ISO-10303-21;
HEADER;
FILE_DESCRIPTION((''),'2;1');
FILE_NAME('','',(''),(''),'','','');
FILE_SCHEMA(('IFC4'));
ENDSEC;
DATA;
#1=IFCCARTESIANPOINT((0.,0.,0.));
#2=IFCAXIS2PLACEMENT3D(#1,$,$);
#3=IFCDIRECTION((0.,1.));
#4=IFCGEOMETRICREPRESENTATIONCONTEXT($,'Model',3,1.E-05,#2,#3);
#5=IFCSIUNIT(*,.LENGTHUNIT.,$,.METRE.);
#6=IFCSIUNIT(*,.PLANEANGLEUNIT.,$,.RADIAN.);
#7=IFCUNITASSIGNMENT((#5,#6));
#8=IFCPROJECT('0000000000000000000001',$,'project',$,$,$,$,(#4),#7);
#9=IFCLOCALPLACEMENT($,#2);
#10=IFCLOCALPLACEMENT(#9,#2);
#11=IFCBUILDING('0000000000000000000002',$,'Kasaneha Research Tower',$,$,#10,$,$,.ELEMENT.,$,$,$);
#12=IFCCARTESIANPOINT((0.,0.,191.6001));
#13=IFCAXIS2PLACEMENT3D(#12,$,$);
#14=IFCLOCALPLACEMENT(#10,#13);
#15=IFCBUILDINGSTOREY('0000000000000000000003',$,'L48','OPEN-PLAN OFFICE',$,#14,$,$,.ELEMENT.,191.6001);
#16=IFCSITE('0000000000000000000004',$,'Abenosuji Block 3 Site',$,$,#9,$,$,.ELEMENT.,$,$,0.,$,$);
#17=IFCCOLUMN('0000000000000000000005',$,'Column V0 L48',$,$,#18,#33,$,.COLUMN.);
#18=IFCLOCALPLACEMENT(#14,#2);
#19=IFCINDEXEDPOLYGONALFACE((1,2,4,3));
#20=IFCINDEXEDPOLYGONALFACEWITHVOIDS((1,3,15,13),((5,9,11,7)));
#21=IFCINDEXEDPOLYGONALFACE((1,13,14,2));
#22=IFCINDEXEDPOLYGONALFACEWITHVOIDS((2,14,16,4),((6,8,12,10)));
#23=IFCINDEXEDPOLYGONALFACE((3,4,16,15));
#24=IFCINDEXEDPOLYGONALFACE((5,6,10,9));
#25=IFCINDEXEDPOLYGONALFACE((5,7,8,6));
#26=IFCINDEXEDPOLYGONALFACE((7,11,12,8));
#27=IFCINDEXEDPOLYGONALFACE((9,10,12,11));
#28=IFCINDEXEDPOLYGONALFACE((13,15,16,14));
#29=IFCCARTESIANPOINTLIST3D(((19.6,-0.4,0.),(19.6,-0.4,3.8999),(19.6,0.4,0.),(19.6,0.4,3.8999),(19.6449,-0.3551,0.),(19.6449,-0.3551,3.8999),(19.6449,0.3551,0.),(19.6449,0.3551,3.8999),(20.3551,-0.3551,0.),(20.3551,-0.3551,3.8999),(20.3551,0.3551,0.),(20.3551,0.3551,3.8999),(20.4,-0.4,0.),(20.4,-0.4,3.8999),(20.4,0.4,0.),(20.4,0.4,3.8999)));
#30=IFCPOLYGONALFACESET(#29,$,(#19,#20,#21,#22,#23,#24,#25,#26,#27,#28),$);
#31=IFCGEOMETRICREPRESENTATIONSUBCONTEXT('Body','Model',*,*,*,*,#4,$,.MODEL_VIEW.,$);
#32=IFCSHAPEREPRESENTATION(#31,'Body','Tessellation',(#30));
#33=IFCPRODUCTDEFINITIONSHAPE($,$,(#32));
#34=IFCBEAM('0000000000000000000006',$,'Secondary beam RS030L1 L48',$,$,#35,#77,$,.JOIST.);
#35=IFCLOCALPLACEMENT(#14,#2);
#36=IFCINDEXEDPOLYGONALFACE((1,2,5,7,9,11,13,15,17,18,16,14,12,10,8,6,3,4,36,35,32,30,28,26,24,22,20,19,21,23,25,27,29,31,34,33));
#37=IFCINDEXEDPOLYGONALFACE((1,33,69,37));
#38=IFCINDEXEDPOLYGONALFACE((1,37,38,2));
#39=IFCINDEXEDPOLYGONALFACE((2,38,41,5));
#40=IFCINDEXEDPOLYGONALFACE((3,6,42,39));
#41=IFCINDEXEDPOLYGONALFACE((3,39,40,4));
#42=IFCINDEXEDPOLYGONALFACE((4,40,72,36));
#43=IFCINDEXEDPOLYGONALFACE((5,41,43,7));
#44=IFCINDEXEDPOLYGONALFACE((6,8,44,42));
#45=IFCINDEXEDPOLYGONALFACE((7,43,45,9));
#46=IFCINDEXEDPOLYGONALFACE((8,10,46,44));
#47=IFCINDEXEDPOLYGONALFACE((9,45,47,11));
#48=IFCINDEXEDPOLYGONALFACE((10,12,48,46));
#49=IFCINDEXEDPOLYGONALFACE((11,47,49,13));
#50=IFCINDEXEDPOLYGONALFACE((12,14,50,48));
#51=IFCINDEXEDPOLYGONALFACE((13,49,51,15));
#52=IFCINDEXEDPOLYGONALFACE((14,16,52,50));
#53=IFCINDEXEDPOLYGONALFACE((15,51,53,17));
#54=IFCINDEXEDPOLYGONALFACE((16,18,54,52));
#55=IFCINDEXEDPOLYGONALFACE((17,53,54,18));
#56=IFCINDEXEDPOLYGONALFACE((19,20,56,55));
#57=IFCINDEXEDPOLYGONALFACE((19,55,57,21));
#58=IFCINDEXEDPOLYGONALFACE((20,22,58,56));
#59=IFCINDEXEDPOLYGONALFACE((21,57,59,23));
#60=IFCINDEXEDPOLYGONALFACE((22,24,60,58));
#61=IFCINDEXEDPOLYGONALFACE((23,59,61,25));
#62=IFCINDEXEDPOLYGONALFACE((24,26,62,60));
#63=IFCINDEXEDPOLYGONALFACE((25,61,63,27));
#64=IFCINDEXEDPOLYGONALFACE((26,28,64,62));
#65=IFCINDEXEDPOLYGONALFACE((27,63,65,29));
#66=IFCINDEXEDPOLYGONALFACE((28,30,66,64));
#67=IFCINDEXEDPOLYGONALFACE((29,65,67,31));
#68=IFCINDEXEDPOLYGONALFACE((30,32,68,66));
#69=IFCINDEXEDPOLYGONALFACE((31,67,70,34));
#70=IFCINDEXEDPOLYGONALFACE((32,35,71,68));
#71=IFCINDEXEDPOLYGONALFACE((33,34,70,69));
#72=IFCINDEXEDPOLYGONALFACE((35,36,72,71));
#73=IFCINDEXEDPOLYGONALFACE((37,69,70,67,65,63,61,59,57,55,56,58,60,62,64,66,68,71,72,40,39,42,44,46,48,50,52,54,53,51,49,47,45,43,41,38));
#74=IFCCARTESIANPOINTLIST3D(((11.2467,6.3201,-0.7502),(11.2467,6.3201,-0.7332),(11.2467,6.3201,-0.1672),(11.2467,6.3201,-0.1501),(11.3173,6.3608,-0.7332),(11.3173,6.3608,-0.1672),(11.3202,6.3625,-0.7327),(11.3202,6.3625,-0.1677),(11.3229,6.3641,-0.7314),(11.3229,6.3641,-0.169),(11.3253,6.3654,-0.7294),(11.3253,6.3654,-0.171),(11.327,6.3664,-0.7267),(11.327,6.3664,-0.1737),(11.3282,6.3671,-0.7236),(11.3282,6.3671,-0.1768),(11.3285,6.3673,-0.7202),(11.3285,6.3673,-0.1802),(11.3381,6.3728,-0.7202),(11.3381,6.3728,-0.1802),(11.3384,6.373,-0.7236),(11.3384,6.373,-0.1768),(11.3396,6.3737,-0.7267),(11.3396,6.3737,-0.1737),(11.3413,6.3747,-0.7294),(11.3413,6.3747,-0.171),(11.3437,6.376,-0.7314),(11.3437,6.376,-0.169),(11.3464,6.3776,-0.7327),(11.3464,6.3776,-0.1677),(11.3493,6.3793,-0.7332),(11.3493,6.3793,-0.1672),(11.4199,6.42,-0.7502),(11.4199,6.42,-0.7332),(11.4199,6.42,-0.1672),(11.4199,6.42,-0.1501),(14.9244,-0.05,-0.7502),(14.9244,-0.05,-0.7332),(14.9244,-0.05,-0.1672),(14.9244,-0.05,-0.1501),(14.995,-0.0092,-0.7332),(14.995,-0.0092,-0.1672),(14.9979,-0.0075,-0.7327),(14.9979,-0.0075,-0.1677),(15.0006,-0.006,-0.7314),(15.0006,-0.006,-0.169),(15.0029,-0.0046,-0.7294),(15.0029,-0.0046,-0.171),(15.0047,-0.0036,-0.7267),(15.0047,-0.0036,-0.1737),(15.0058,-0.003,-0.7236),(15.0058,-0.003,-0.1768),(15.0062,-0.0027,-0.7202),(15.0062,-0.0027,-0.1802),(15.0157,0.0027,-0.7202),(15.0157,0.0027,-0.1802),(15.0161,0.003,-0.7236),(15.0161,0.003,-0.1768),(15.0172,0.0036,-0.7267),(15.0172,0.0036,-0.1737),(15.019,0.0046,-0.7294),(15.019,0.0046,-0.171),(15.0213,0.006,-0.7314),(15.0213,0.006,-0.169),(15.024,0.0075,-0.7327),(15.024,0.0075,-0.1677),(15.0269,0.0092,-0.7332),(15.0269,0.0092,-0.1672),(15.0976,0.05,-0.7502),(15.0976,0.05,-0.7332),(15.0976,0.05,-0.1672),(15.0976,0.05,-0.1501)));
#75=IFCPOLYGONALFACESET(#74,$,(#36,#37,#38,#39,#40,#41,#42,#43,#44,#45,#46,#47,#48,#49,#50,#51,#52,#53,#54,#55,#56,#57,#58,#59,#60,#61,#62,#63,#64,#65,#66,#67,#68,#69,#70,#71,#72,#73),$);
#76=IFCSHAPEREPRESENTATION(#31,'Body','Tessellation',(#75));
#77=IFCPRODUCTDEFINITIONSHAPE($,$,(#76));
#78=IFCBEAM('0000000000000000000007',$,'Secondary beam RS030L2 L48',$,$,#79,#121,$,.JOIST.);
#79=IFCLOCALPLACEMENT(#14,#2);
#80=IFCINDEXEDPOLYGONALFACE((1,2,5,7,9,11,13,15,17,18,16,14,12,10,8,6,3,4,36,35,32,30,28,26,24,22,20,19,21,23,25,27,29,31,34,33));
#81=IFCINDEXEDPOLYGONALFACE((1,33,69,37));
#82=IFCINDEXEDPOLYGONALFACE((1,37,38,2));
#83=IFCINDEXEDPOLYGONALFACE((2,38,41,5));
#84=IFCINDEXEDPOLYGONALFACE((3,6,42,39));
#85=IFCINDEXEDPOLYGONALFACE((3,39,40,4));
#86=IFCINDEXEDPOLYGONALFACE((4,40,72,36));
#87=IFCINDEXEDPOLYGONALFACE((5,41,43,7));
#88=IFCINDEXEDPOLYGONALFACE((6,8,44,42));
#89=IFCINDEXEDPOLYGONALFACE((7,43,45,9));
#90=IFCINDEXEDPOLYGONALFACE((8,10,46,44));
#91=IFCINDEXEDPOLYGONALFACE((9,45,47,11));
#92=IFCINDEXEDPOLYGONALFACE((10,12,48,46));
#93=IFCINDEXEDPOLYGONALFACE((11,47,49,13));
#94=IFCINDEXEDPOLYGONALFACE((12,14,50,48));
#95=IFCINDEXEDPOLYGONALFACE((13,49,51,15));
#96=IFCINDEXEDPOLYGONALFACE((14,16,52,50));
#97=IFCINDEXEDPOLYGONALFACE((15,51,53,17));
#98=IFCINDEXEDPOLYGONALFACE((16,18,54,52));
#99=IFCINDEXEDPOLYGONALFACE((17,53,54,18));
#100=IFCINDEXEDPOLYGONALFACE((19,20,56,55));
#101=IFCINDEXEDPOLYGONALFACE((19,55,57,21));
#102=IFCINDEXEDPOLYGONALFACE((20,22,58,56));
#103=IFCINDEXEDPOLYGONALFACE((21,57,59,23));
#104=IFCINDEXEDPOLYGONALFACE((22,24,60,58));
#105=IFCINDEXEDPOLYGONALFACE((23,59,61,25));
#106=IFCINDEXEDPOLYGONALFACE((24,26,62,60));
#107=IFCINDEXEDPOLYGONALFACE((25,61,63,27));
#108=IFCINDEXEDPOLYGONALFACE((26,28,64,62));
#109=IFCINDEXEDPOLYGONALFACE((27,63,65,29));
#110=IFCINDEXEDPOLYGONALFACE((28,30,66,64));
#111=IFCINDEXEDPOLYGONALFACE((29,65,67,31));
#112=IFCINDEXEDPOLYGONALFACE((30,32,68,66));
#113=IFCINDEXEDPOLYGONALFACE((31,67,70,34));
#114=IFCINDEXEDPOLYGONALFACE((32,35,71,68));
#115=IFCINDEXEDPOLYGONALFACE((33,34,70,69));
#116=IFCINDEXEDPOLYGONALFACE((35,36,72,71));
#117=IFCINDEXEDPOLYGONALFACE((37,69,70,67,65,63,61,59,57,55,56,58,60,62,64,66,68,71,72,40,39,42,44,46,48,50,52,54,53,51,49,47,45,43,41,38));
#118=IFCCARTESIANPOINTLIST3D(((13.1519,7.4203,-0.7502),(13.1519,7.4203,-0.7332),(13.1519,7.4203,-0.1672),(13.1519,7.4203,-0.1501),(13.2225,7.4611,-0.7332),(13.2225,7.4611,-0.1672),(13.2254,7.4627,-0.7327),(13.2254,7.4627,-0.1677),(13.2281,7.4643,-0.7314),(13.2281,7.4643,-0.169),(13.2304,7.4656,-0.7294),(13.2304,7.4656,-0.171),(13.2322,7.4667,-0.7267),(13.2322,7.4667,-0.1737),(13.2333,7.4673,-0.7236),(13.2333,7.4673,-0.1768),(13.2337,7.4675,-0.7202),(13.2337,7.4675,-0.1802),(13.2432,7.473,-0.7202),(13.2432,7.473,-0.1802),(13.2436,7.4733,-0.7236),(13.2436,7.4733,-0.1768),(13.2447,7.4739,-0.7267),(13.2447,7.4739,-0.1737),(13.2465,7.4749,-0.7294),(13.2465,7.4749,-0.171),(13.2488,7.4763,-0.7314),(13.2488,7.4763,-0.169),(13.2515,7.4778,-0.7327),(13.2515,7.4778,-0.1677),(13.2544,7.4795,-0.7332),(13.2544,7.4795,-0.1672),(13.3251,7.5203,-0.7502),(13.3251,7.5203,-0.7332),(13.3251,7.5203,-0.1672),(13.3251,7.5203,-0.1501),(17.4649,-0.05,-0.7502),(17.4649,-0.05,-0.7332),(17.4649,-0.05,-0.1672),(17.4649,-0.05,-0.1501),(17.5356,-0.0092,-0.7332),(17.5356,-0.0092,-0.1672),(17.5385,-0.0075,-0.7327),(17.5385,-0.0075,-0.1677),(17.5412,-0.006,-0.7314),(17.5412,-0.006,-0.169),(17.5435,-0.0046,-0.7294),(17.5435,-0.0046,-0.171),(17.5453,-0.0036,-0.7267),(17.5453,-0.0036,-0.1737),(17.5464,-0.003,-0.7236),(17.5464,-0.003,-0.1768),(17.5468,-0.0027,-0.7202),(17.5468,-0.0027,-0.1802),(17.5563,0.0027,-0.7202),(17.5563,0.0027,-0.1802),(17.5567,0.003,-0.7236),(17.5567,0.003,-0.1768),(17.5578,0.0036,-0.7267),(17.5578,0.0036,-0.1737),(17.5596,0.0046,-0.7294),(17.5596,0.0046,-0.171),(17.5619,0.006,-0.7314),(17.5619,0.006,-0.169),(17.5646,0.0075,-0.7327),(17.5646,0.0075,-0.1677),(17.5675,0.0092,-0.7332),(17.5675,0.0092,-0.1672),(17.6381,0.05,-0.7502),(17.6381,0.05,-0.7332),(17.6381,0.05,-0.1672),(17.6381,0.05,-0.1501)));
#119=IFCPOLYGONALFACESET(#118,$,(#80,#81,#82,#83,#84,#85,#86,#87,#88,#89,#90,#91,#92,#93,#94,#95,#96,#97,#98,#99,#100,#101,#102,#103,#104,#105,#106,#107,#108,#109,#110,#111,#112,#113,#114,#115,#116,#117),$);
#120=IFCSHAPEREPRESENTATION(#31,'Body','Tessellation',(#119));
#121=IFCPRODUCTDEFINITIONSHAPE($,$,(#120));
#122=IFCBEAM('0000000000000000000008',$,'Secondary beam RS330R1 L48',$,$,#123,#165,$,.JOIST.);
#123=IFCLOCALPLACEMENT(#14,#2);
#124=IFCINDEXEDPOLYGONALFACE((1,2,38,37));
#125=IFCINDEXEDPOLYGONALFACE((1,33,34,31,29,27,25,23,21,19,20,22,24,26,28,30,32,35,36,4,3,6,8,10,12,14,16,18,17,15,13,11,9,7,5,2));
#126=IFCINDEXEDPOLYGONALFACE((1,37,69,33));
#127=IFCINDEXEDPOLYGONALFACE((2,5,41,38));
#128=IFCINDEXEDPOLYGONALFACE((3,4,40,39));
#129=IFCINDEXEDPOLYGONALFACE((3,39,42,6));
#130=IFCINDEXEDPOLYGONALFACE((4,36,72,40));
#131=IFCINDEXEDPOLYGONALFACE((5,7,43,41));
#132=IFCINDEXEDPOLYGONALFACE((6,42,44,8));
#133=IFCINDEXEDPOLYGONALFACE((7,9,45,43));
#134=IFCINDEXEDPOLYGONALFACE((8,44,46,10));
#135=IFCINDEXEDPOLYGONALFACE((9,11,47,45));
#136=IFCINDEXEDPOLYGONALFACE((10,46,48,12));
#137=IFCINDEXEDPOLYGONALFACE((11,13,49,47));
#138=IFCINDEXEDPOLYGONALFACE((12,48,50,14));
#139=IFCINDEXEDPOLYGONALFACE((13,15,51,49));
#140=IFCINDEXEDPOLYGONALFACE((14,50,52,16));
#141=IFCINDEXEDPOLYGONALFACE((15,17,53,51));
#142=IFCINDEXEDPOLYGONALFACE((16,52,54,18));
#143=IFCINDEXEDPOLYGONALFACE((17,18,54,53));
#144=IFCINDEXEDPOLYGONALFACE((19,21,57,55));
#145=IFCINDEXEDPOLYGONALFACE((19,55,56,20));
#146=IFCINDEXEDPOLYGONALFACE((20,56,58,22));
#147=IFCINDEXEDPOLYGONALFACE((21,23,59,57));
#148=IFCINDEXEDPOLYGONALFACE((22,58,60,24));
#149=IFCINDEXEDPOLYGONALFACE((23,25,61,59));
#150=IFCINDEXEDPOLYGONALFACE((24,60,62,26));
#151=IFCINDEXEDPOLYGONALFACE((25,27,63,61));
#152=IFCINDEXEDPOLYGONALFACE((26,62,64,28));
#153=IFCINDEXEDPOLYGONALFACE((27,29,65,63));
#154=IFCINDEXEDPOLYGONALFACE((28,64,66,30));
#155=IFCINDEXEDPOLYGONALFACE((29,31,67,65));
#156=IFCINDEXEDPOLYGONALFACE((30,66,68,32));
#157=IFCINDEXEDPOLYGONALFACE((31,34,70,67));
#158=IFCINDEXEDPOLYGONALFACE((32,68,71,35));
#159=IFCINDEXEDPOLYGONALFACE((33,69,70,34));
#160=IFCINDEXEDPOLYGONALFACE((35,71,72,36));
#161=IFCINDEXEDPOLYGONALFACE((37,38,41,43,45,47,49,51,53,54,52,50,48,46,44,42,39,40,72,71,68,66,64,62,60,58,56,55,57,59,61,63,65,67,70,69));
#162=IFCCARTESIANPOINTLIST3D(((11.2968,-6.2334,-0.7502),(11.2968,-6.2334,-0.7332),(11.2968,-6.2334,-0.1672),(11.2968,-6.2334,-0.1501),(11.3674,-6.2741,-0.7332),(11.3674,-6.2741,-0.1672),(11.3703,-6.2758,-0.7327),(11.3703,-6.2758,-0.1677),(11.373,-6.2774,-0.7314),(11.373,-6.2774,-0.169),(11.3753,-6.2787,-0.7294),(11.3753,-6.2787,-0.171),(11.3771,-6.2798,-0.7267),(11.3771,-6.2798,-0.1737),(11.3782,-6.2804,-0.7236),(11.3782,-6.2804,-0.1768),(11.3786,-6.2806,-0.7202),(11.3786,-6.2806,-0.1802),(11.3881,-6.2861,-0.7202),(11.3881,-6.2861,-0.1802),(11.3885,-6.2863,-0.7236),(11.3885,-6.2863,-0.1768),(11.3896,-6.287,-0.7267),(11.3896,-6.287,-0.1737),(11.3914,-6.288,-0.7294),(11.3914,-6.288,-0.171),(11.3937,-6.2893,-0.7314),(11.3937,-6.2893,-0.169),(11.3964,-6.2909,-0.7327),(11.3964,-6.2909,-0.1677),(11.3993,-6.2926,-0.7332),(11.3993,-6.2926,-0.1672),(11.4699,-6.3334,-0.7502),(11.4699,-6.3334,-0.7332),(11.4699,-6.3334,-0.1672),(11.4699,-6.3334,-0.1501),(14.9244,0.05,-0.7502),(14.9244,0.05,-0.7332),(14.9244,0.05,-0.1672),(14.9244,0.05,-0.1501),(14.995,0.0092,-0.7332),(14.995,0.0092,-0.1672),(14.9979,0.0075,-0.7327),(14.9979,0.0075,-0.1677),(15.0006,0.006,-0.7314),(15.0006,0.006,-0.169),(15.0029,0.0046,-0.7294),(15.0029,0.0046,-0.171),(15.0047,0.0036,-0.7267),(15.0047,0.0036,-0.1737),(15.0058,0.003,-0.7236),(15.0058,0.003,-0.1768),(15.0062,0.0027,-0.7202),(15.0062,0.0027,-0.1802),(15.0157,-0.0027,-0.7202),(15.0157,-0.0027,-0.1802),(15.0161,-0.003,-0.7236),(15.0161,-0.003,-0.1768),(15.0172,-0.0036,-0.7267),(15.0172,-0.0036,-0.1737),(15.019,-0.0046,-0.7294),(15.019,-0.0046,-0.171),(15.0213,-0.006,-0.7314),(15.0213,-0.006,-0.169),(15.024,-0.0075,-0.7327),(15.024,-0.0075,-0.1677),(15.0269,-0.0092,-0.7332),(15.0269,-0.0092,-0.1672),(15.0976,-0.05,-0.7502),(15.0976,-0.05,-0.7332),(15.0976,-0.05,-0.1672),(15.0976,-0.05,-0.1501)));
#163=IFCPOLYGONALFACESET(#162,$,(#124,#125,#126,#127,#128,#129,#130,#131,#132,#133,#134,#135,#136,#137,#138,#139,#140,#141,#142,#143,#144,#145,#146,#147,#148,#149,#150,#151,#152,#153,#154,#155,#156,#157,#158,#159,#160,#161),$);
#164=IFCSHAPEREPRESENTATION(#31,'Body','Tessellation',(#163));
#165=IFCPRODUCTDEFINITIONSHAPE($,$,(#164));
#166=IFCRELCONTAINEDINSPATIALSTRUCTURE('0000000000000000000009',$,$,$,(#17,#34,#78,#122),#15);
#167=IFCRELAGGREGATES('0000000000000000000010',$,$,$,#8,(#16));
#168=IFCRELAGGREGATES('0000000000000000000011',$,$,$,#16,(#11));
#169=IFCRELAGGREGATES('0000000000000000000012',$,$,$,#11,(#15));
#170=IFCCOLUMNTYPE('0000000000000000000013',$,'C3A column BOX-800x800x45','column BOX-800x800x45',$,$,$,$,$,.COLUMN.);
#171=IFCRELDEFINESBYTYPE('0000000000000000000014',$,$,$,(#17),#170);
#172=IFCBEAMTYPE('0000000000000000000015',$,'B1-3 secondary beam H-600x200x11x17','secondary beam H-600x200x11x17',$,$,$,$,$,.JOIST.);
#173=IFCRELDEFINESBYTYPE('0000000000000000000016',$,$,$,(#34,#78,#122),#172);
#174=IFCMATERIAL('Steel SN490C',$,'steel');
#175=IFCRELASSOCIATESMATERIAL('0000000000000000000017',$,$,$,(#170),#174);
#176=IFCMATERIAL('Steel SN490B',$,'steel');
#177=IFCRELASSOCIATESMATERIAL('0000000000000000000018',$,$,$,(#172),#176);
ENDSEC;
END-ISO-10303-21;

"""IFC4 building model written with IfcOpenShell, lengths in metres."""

from ifc_helpers import new_model, si_unit, direction, frame, origin, origin_2d, place, context, subcontext, project, spatial, hollow_rectangle, i_section, extrude, material, material_profile, profile_set, type_object, element, save


model = new_model("IFC4")

# Units and contexts
model_context = context("Model", 3, precision=1e-05, world=origin(), true_north=direction((0.0, 1.0)))
body_context = subcontext(model_context, "Body", "Model", "MODEL_VIEW")
ifc_project = project(units=[si_unit("LENGTHUNIT", "METRE"), si_unit("PLANEANGLEUNIT", "RADIAN")], contexts=[model_context])

# Site, building, storey
site_placement = place(None, origin())
site = spatial("IfcSite", under=ifc_project, at=site_placement, Name="Abenosuji Block 3 Site", CompositionType="ELEMENT", RefElevation=0.0)
building_placement = place(site_placement, origin())
building = spatial("IfcBuilding", under=site, at=building_placement, Name="Kasaneha Research Tower", CompositionType="ELEMENT")
storey_placement = place(building_placement, frame((0.0, 0.0, 191.6001)))
storey = spatial("IfcBuildingStorey", under=building, at=storey_placement, Name="L48", Description="OPEN-PLAN OFFICE", CompositionType="ELEMENT", Elevation=191.6001)

# Column
ifc_material_1 = material(Name="Steel SN490C", Category="steel")
ifc_material_profile_1 = material_profile(ifc_material_1, hollow_rectangle(XDim=0.8, YDim=0.8, WallThickness=0.0449, at=origin_2d()), Name="BOX-800x800x45")
ifc_profile_set_1 = profile_set([ifc_material_profile_1], Name="Steel SN490C")
column_type = type_object("IfcColumnType", Name="C3A column BOX-800x800x45", Description="column BOX-800x800x45", PredefinedType="COLUMN", material=ifc_profile_set_1)
column_placement = place(storey_placement, frame((20.0, 0.0, 0.0), z_axis=(0.0, 0.0, 1.0), x_axis=(1.0, 0.0, 0.0)))
element("IfcColumn", 1, at=column_placement, inside=storey, type_object=column_type, Name="Column V0 L48", PredefinedType="COLUMN", context=body_context, shape_type="SweptSolid", body=[
    extrude(hollow_rectangle(XDim=0.8, YDim=0.8, WallThickness=0.0449, at=origin_2d()), origin(), (0.0, 0.0, 1.0), 3.8999),
])

# Beams
ifc_material_2 = material(Name="Steel SN490B", Category="steel")
ifc_material_profile_2 = material_profile(ifc_material_2, i_section(OverallWidth=0.2, OverallDepth=0.6001, WebThickness=0.011, FlangeThickness=0.0171, FilletRadius=0.0129, at=origin_2d()), Name="H-600x200x11x17")
ifc_profile_set_2 = profile_set([ifc_material_profile_2], Name="Steel SN490B")
beam_type_1 = type_object("IfcBeamType", Name="B1-3 secondary beam H-600x200x11x17", Description="secondary beam H-600x200x11x17", PredefinedType="JOIST", material=ifc_profile_set_2)
beam_1_placement = place(storey_placement, frame((15.011, 0.0, -0.4502), z_axis=(-0.499994, 0.866029, 0.0), x_axis=(-0.866029, -0.499994, 0.0)))
element("IfcBeam", 2, at=beam_1_placement, inside=storey, type_object=beam_type_1, Name="Secondary beam RS030L1 L48", PredefinedType="JOIST", context=body_context, shape_type="SweptSolid", body=[
    extrude(i_section(OverallWidth=0.2, OverallDepth=0.6001, WebThickness=0.011, FlangeThickness=0.0171, FilletRadius=0.0129, at=origin_2d()), origin(), (0.0, 0.0, 1.0), 7.3555),
])
beam_2_placement = place(storey_placement, frame((17.5515, 0.0, -0.4502), z_axis=(-0.500005, 0.866023, 0.0), x_axis=(-0.866023, -0.500005, 0.0)))
element("IfcBeam", 3, at=beam_2_placement, inside=storey, type_object=beam_type_1, Name="Secondary beam RS030L2 L48", PredefinedType="JOIST", context=body_context, shape_type="SweptSolid", body=[
    extrude(i_section(OverallWidth=0.2, OverallDepth=0.6001, WebThickness=0.011, FlangeThickness=0.0171, FilletRadius=0.0129, at=origin_2d()), origin(), (0.0, 0.0, 1.0), 8.626),
])
beam_3_placement = place(storey_placement, frame((15.011, 0.0, -0.4502), z_axis=(-0.499993, -0.866029, 0.0), x_axis=(0.866029, -0.499993, 0.0)))
element("IfcBeam", 4, at=beam_3_placement, inside=storey, type_object=beam_type_1, Name="Secondary beam RS330R1 L48", PredefinedType="JOIST", context=body_context, shape_type="SweptSolid", body=[
    extrude(i_section(OverallWidth=0.2, OverallDepth=0.6001, WebThickness=0.011, FlangeThickness=0.0171, FilletRadius=0.0129, at=origin_2d()), origin(), (0.0, 0.0, 1.0), 7.2554),
])

save(model, "model.ifc")
